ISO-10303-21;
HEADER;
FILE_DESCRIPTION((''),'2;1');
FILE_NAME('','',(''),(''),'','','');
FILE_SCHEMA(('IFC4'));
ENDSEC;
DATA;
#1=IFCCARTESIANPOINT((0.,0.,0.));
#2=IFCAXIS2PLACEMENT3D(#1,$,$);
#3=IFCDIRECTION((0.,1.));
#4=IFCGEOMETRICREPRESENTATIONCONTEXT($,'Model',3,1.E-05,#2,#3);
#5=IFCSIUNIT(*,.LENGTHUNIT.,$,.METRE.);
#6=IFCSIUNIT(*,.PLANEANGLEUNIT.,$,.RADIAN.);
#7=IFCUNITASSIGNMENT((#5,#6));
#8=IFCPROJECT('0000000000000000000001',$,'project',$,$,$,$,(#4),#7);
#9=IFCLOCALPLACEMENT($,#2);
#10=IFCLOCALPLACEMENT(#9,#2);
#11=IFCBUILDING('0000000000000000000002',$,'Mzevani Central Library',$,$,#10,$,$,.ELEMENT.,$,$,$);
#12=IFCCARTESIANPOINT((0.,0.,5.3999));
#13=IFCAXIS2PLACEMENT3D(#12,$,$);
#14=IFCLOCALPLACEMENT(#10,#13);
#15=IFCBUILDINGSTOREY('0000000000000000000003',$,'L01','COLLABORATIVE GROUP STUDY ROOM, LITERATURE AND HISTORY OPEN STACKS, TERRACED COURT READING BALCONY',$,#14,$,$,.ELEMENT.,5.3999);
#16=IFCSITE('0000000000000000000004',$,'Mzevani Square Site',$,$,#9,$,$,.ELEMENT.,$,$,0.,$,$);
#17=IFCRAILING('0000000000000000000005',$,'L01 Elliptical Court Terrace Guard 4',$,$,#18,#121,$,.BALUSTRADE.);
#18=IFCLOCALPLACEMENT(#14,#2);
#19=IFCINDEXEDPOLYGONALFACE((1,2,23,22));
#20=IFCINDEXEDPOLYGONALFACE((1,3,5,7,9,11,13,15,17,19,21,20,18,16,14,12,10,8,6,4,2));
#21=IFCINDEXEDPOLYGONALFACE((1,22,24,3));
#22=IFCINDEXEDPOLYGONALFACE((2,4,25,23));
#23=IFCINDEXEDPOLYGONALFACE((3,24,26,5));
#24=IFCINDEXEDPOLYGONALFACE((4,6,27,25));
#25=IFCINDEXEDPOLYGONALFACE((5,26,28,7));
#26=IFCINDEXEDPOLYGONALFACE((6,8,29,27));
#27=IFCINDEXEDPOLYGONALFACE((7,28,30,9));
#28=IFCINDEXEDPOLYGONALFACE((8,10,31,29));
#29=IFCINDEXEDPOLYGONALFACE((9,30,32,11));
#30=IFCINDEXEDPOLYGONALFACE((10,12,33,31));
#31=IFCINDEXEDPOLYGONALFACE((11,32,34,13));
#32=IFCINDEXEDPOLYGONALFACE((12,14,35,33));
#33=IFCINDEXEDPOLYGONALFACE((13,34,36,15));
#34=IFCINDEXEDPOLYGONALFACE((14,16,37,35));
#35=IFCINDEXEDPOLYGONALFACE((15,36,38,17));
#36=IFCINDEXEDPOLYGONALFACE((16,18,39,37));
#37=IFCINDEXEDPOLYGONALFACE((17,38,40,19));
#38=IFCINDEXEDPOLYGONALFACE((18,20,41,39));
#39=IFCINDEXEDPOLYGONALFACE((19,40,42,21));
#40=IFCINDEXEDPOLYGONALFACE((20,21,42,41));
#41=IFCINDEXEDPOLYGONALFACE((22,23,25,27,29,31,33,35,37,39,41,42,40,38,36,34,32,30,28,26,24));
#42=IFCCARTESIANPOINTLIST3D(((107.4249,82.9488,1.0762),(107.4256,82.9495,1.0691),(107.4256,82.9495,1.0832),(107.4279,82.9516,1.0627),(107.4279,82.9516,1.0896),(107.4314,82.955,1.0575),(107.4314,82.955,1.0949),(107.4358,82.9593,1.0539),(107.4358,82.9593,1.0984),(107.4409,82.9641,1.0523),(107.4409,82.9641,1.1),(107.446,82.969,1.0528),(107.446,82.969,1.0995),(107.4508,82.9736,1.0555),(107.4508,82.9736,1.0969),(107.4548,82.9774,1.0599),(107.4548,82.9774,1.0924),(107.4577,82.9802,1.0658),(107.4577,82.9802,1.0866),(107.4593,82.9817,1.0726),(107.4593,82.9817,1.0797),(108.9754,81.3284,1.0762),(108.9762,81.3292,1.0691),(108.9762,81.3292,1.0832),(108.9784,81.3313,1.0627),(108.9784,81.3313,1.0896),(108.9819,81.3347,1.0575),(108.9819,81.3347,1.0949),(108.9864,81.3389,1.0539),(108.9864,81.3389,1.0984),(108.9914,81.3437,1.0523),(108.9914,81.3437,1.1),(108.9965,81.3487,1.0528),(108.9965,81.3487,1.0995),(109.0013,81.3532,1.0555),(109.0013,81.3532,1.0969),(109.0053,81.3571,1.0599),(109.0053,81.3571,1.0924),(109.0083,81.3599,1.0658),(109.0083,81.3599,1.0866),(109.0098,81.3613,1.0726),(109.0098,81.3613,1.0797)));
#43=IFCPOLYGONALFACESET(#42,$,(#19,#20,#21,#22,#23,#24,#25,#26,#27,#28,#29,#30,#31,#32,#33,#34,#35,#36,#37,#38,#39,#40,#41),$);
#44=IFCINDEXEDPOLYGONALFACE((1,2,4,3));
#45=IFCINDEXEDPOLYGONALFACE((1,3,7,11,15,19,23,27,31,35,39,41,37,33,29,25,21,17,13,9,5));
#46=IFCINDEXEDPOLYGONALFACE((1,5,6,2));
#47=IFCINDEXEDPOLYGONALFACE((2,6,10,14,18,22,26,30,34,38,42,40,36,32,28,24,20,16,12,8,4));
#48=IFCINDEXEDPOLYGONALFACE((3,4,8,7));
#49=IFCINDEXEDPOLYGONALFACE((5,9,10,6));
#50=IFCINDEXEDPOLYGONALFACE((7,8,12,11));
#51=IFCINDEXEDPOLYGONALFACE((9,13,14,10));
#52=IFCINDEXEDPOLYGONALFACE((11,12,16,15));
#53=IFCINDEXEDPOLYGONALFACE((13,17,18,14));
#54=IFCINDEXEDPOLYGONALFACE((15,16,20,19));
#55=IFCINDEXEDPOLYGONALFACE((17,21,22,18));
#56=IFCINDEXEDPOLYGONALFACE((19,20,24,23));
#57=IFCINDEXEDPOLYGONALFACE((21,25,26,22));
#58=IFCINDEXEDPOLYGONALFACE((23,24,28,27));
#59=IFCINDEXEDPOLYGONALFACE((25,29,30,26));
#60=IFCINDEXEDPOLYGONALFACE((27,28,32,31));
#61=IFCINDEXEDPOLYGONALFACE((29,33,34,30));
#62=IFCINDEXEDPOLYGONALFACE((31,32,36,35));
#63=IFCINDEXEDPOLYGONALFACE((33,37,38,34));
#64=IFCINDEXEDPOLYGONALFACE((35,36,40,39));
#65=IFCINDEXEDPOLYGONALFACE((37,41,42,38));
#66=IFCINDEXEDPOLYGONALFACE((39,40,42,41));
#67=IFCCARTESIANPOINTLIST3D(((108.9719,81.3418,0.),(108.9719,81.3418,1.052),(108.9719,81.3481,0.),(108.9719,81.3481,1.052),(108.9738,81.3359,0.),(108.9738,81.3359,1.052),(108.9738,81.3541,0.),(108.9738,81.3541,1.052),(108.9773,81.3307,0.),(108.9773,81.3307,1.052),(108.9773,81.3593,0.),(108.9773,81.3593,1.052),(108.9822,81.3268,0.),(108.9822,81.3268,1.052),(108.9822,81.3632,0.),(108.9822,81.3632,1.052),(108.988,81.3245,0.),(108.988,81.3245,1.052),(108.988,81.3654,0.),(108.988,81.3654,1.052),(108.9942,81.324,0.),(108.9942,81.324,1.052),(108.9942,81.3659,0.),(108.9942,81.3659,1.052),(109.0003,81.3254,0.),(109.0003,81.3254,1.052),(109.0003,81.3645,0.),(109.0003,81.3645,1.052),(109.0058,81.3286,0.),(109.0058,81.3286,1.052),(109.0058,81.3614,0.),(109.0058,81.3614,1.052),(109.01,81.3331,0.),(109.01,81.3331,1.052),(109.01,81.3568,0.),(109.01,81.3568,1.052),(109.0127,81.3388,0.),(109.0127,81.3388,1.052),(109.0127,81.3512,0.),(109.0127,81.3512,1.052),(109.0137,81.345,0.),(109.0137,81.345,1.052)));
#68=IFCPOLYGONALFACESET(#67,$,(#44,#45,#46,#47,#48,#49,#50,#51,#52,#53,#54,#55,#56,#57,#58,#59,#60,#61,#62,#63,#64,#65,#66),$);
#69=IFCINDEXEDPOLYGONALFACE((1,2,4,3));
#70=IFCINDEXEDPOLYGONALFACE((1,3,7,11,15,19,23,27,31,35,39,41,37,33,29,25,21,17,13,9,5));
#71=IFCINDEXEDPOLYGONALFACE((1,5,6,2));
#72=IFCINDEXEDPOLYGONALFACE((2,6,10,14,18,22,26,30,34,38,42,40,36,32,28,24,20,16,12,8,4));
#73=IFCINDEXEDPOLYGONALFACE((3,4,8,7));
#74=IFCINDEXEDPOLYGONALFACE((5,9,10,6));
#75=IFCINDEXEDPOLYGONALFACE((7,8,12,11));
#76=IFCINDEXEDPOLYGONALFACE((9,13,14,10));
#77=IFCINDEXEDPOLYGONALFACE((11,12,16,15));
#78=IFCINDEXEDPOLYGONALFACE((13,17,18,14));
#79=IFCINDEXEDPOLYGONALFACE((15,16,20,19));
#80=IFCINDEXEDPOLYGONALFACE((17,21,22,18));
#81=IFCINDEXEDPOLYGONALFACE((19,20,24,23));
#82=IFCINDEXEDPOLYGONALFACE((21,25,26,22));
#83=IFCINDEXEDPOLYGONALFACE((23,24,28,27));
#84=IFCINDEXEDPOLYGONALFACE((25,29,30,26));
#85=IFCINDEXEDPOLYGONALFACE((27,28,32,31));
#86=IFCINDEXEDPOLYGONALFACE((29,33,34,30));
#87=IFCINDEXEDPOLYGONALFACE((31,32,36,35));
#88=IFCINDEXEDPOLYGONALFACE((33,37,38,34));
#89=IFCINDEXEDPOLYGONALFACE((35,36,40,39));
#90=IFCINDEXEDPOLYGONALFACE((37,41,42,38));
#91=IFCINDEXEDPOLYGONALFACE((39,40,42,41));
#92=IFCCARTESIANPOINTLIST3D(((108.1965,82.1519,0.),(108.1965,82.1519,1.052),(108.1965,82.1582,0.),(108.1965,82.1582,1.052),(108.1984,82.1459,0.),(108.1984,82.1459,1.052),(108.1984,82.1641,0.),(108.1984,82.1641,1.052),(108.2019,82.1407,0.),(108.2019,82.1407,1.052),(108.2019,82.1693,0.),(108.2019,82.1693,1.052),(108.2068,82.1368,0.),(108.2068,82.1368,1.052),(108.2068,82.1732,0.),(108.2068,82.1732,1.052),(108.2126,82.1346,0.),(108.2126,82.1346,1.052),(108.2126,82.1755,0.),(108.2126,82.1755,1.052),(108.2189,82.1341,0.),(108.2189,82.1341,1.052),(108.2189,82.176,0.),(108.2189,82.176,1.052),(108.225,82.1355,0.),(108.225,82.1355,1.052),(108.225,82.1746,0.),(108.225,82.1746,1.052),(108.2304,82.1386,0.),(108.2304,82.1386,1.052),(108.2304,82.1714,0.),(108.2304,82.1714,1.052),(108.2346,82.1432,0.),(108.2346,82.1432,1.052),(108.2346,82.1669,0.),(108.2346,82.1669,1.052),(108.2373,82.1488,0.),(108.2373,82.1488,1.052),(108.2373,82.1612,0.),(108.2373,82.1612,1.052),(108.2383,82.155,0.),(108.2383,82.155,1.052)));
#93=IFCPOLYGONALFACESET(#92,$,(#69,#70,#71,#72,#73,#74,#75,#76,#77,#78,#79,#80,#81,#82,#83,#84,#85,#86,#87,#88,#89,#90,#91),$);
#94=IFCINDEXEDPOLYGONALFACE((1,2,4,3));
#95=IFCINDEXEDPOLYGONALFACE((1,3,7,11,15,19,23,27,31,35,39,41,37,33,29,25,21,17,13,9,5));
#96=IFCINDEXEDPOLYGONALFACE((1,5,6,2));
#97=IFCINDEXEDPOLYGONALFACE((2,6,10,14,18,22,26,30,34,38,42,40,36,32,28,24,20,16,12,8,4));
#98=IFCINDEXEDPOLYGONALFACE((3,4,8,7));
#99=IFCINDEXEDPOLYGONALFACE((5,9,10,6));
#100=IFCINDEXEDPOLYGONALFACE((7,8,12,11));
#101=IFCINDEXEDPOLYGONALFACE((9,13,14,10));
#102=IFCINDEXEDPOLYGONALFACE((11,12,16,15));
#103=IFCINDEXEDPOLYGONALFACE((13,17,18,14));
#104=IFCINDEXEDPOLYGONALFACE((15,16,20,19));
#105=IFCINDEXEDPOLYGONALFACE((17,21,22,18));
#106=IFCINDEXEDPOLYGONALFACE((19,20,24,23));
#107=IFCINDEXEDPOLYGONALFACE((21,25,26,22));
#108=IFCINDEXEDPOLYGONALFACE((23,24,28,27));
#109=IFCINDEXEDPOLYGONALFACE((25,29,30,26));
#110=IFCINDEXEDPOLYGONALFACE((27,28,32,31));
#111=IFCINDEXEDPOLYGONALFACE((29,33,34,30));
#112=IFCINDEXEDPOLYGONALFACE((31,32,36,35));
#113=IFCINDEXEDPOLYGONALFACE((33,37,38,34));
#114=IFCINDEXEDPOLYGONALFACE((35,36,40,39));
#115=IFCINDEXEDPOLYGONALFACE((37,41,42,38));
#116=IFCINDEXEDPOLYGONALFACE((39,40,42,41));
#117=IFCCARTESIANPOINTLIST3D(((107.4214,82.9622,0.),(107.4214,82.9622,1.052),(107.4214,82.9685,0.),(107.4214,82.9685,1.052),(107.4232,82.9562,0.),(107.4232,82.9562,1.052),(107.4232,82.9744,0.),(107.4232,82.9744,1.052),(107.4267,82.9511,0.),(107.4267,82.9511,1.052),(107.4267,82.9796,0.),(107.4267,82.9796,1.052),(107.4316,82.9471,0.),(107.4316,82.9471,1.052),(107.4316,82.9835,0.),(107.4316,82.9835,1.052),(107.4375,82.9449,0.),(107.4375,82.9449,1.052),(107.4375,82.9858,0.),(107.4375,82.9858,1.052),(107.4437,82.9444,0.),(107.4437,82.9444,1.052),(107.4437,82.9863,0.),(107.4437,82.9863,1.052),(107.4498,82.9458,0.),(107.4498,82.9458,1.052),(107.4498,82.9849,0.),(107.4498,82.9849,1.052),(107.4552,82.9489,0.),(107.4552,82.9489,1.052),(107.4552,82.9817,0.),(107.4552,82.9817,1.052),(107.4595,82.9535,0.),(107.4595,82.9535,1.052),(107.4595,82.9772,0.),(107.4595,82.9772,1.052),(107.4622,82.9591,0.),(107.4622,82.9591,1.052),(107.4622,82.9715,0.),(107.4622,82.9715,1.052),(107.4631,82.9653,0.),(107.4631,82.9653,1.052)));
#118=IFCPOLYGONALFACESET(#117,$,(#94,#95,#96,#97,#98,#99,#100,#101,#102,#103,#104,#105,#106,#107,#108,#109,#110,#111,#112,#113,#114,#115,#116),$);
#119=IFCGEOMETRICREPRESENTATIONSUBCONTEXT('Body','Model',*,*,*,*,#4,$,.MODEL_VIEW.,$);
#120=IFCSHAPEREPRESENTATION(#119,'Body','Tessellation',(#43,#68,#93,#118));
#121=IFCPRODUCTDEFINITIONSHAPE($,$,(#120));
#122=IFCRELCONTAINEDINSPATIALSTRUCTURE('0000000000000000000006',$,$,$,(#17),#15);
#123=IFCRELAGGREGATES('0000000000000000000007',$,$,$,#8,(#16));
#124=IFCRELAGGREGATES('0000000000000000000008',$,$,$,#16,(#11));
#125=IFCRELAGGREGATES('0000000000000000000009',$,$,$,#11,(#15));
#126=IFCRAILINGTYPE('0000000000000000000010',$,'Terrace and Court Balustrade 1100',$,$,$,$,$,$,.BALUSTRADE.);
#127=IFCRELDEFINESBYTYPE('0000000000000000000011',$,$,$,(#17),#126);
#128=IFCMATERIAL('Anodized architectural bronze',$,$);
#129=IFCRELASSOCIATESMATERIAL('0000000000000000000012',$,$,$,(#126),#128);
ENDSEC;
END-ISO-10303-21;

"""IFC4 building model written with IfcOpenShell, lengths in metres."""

from ifc_helpers import new_model, si_unit, direction, frame, origin, origin_2d, place, context, subcontext, project, spatial, circle, extrude, material, type_object, element, save


model = new_model("IFC4")

# Units and contexts
model_context = context("Model", 3, precision=1e-05, world=origin(), true_north=direction((0.0, 1.0)))
body_context = subcontext(model_context, "Body", "Model", "MODEL_VIEW")
ifc_project = project(units=[si_unit("LENGTHUNIT", "METRE"), si_unit("PLANEANGLEUNIT", "RADIAN")], contexts=[model_context])

# Site, building, storey
site_placement = place(None, origin())
site = spatial("IfcSite", under=ifc_project, at=site_placement, Name="Mzevani Square Site", CompositionType="ELEMENT", RefElevation=0.0)
building_placement = place(site_placement, origin())
building = spatial("IfcBuilding", under=site, at=building_placement, Name="Mzevani Central Library", CompositionType="ELEMENT")
storey_placement = place(building_placement, frame((0.0, 0.0, 5.3999)))
storey = spatial("IfcBuildingStorey", under=building, at=storey_placement, Name="L01", Description="COLLABORATIVE GROUP STUDY ROOM, LITERATURE AND HISTORY OPEN STACKS, TERRACED COURT READING BALCONY", CompositionType="ELEMENT", Elevation=5.3999)

# Railing
ifc_material_1 = material(Name="Anodized architectural bronze")
railing_type = type_object("IfcRailingType", Name="Terrace and Court Balustrade 1100", PredefinedType="BALUSTRADE", material=ifc_material_1)
railing_1_placement = place(storey_placement, frame((108.9927, 81.345, 0.0)))
element("IfcRailing", 1, at=railing_1_placement, inside=storey, type_object=railing_type, Name="L01 Elliptical Court Terrace Guard 4", PredefinedType="BALUSTRADE", context=body_context, shape_type="SweptSolid", body=[
    extrude(circle(Radius=0.0239, at=origin_2d()), frame((0.0, 0.0, 1.0762), z_axis=(-0.691368, 0.722502, 0.0), x_axis=(-0.722502, -0.691368, 0.0)), (0.0, 0.0, 1.0), 2.2427),
    extrude(circle(Radius=0.021, at=origin_2d()), origin(), (0.0, 0.0, 1.0), 1.052),
    extrude(circle(Radius=0.021, at=origin_2d()), frame((-0.7754, 0.8101, 0.0)), (0.0, 0.0, 1.0), 1.052),
    extrude(circle(Radius=0.021, at=origin_2d()), frame((-1.5505, 1.6204, 0.0)), (0.0, 0.0, 1.0), 1.052),
])

save(model, "model.ifc")
